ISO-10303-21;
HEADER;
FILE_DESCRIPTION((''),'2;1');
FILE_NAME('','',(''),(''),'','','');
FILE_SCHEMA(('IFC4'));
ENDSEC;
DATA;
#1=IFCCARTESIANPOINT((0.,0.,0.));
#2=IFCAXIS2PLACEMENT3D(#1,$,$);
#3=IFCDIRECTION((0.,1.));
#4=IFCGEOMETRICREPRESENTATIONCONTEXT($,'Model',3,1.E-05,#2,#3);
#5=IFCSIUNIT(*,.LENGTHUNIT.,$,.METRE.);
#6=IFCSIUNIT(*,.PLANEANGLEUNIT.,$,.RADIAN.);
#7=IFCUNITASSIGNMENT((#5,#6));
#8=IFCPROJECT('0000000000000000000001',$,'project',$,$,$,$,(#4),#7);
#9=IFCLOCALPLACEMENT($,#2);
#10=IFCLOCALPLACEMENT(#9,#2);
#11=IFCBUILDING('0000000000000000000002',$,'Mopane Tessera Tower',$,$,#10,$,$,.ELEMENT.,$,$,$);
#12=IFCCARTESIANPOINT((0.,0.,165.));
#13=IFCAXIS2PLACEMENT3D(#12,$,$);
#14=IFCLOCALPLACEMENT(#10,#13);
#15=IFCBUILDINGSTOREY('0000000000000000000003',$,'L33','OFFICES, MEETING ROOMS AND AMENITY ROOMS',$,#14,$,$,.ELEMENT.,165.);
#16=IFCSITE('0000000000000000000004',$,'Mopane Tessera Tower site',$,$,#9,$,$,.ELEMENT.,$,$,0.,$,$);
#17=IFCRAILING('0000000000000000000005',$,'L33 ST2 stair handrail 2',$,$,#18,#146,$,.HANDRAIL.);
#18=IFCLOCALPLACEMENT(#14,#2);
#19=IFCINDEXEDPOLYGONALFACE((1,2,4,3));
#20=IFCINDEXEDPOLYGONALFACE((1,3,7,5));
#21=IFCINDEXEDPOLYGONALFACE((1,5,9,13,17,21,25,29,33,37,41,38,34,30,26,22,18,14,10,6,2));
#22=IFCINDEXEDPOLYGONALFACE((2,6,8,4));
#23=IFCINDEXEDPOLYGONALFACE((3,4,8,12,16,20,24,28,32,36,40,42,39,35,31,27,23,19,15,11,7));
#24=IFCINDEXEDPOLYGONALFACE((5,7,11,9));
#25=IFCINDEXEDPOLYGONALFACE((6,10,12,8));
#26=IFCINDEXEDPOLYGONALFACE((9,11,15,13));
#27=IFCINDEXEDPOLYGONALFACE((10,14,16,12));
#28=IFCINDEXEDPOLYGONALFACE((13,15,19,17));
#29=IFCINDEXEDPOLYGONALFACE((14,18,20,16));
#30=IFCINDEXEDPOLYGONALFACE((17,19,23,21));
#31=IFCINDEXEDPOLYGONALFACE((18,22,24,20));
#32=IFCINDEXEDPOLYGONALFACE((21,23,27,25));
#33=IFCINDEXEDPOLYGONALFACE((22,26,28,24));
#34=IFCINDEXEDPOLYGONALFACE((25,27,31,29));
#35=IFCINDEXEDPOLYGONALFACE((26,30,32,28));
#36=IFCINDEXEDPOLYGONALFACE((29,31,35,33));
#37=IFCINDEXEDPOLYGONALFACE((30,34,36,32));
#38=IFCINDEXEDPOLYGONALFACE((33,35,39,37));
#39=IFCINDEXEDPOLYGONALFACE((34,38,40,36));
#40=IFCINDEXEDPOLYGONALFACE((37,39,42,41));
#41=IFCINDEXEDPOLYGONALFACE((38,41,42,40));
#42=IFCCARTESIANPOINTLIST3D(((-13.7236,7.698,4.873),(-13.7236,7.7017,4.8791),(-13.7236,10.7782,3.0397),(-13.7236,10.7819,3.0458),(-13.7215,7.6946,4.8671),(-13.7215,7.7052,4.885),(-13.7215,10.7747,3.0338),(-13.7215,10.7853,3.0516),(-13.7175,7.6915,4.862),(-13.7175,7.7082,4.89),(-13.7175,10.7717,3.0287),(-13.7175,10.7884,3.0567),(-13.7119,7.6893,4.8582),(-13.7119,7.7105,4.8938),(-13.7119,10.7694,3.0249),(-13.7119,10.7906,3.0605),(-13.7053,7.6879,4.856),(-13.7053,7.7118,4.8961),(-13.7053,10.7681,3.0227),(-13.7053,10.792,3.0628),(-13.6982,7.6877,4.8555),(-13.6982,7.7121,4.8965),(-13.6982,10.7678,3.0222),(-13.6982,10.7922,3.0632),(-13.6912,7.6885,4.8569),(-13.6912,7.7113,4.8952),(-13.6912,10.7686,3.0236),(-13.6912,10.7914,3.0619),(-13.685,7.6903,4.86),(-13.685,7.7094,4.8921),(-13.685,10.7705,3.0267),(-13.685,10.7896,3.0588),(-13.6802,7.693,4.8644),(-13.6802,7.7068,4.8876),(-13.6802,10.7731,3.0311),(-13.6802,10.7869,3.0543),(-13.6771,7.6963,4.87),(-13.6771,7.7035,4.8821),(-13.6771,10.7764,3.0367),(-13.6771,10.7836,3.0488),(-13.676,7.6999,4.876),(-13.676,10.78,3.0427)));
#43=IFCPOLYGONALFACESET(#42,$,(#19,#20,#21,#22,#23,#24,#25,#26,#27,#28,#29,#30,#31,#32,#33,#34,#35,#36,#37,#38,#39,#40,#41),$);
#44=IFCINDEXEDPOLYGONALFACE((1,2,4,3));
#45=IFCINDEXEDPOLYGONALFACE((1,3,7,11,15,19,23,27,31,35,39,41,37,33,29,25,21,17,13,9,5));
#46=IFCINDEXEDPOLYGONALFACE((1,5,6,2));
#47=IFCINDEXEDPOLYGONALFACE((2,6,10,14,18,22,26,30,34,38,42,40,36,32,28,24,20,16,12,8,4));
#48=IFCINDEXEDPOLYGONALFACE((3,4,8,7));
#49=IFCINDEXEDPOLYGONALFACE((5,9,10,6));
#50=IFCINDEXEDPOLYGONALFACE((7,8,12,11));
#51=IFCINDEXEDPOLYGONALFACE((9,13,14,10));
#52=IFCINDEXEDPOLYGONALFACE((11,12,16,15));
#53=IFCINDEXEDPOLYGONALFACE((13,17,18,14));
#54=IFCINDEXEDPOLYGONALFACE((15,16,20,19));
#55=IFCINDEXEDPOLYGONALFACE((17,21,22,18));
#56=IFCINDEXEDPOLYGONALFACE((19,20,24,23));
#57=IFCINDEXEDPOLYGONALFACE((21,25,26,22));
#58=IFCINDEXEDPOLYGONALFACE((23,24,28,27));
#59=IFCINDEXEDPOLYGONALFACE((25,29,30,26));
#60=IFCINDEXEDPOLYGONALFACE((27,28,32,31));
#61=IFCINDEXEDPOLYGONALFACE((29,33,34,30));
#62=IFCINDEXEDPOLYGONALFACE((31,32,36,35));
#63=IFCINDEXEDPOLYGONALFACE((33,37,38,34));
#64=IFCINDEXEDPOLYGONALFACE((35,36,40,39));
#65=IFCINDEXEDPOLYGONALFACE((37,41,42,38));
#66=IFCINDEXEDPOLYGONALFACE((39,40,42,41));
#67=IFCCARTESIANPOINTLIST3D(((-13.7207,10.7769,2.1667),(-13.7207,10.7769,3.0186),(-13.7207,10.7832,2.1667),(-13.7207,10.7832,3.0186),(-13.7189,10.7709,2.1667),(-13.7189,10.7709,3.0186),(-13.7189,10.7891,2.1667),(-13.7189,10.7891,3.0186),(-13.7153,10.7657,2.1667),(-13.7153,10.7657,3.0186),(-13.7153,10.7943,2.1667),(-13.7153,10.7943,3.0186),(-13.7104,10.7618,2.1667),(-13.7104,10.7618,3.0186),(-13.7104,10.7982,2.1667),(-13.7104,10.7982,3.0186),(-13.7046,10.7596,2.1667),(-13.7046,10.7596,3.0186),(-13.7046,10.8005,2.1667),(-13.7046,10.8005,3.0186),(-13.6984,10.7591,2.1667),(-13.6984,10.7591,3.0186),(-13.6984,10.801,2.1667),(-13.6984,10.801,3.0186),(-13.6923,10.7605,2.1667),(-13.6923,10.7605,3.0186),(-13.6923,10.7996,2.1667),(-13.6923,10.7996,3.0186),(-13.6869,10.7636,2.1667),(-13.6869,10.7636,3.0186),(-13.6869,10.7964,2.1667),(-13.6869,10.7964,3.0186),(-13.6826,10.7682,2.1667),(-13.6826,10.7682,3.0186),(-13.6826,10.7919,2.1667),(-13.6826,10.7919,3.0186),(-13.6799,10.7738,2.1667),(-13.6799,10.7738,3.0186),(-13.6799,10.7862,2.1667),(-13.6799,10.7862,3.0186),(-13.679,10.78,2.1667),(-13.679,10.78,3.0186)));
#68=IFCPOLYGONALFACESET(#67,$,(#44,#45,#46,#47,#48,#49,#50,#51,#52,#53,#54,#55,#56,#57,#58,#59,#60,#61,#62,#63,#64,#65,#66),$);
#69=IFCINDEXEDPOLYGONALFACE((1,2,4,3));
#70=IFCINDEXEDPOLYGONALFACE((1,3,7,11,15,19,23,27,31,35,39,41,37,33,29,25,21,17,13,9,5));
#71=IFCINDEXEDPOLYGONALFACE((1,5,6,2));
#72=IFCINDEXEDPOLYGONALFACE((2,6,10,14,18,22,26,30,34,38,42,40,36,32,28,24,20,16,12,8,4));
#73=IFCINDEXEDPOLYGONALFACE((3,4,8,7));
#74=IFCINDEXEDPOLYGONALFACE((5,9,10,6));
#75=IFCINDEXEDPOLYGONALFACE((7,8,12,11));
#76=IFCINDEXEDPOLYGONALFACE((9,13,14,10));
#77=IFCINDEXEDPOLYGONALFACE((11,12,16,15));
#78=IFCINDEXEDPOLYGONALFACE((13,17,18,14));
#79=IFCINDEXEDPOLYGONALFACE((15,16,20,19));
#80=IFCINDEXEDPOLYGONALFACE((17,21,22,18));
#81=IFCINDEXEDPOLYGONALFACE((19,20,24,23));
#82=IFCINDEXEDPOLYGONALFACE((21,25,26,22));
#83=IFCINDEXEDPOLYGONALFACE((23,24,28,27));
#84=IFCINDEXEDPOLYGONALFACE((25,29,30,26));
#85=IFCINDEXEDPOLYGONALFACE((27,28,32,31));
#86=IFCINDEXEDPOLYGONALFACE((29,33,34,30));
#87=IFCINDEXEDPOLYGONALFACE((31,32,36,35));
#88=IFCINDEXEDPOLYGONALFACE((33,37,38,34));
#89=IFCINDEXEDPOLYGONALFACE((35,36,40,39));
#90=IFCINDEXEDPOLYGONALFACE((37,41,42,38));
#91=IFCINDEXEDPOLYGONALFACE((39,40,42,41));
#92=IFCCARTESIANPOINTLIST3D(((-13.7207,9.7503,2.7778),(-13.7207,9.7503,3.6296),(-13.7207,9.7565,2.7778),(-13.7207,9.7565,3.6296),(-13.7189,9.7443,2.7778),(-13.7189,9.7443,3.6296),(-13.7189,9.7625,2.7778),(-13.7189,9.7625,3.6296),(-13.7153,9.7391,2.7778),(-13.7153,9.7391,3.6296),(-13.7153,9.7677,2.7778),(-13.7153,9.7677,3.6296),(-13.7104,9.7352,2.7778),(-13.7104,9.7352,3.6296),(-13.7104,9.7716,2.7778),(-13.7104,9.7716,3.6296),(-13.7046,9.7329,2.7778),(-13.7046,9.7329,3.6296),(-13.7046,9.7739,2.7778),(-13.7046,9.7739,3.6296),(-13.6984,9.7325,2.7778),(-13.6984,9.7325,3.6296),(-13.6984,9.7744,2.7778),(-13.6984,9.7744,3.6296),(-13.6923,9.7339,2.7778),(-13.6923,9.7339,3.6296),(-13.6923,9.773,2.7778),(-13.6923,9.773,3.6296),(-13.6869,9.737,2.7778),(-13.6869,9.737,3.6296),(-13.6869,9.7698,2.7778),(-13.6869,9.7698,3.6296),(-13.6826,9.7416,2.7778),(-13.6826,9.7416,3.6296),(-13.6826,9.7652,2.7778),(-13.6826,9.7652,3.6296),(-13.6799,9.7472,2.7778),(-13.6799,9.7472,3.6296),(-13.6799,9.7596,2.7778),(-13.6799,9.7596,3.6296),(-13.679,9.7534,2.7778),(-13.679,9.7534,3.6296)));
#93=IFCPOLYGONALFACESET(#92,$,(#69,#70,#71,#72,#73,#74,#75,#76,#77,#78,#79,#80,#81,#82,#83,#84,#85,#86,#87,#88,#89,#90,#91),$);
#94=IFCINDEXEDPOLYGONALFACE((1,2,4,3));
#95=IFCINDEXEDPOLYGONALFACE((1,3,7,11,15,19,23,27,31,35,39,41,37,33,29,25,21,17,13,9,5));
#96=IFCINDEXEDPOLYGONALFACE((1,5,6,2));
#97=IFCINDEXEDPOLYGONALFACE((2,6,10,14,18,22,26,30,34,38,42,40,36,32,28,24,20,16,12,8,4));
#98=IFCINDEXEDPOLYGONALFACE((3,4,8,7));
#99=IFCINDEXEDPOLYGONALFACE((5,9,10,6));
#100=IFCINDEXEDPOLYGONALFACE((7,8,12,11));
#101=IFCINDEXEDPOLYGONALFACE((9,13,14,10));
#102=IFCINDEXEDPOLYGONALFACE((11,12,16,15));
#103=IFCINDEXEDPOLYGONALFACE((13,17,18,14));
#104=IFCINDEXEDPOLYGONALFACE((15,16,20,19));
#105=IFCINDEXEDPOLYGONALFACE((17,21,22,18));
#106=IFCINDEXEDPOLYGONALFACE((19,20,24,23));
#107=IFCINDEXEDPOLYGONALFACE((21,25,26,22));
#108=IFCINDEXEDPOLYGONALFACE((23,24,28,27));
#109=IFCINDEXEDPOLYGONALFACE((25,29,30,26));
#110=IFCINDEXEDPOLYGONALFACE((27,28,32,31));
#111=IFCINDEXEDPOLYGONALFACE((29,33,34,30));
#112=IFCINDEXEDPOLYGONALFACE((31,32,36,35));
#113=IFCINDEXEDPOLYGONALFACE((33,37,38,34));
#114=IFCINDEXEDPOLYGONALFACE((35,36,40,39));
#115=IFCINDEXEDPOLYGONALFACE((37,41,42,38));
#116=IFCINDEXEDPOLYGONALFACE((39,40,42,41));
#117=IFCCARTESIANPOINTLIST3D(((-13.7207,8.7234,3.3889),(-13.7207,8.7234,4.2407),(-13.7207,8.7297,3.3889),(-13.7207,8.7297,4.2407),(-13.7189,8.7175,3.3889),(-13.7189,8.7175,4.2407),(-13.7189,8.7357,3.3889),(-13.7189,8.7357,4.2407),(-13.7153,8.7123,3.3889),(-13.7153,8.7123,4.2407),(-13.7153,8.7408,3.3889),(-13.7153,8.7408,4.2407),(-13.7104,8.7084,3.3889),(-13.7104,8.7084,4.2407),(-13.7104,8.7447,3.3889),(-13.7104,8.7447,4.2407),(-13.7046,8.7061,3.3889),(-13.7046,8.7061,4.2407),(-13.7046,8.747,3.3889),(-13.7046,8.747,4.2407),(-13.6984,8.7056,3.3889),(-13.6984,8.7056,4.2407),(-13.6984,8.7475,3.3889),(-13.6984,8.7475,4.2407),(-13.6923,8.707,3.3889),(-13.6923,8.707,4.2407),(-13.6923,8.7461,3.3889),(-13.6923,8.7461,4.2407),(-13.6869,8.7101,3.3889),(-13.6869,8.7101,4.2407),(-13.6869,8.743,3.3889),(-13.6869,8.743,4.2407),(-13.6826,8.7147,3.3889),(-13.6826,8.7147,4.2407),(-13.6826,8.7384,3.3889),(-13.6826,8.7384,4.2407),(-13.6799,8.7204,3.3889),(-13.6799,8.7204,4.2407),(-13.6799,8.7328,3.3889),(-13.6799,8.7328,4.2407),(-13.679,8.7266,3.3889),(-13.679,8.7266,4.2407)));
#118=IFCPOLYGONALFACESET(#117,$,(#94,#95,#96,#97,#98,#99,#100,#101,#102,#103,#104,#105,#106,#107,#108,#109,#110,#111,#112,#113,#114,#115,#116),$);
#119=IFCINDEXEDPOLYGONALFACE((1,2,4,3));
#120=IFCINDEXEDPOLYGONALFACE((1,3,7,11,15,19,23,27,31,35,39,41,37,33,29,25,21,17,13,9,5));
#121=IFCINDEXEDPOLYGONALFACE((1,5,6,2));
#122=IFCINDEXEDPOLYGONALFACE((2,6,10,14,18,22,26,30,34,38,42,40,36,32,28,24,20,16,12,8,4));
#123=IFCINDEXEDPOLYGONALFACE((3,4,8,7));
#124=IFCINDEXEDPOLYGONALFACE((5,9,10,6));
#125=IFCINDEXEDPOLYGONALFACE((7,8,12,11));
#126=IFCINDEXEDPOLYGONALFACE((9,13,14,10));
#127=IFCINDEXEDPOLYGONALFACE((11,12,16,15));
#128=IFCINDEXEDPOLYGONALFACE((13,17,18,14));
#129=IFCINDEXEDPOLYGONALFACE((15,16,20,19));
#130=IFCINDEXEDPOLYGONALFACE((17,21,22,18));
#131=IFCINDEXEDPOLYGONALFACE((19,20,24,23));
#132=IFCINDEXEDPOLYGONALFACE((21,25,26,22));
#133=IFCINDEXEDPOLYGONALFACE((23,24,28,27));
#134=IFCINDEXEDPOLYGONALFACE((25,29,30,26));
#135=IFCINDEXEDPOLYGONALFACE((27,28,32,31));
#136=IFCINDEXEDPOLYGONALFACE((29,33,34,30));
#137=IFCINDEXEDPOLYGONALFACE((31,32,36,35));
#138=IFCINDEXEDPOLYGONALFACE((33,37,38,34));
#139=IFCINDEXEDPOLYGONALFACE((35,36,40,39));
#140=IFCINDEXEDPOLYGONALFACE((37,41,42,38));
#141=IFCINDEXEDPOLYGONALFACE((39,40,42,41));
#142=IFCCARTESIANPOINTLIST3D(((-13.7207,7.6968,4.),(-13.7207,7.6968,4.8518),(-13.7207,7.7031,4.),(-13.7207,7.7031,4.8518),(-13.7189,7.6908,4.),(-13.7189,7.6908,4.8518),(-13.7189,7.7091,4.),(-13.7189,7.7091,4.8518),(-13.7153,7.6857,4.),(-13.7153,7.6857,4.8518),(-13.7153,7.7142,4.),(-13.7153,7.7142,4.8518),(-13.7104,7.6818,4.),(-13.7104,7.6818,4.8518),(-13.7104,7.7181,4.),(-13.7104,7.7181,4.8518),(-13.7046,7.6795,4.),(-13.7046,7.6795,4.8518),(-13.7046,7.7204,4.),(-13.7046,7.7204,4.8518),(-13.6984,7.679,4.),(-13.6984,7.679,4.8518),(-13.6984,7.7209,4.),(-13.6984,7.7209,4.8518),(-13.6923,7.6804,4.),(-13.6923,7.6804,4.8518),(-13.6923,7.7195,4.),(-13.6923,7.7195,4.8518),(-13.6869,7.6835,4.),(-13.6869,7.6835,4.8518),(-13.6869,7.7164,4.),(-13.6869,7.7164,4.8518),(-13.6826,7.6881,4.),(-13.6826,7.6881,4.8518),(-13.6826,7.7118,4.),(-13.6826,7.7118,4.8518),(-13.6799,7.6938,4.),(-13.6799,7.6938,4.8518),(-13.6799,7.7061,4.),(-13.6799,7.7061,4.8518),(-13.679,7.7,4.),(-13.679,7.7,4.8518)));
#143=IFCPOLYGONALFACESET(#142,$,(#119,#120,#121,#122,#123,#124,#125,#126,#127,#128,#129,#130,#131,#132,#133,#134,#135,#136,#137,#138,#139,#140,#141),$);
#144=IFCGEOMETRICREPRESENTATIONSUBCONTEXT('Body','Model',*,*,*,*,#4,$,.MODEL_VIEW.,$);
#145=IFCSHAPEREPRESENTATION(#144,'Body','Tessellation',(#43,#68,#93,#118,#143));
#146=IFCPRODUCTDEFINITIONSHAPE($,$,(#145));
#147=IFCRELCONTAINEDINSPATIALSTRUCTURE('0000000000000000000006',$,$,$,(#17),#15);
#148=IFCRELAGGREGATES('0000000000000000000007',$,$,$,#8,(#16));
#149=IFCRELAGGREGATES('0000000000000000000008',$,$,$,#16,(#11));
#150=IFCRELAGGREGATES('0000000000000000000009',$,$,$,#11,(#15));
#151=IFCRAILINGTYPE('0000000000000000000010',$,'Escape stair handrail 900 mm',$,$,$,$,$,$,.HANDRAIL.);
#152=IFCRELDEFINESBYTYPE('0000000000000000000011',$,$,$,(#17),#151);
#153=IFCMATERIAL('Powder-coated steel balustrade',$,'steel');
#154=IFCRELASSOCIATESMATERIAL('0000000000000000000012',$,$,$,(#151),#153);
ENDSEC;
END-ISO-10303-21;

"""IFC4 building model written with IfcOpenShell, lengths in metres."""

from ifc_helpers import new_model, si_unit, direction, frame, origin, origin_2d, place, context, subcontext, project, spatial, circle, extrude, material, type_object, element, save


model = new_model("IFC4")

# Units and contexts
model_context = context("Model", 3, precision=1e-05, world=origin(), true_north=direction((0.0, 1.0)))
body_context = subcontext(model_context, "Body", "Model", "MODEL_VIEW")
ifc_project = project(units=[si_unit("LENGTHUNIT", "METRE"), si_unit("PLANEANGLEUNIT", "RADIAN")], contexts=[model_context])

# Site, building, storey
site_placement = place(None, origin())
site = spatial("IfcSite", under=ifc_project, at=site_placement, Name="Mopane Tessera Tower site", CompositionType="ELEMENT", RefElevation=0.0)
building_placement = place(site_placement, origin())
building = spatial("IfcBuilding", under=site, at=building_placement, Name="Mopane Tessera Tower", CompositionType="ELEMENT")
storey_placement = place(building_placement, frame((0.0, 0.0, 165.0)))
storey = spatial("IfcBuildingStorey", under=building, at=storey_placement, Name="L33", Description="OFFICES, MEETING ROOMS AND AMENITY ROOMS", CompositionType="ELEMENT", Elevation=165.0)

# Railing
ifc_material_1 = material(Name="Powder-coated steel balustrade", Category="steel")
railing_type_1 = type_object("IfcRailingType", Name="Escape stair handrail 900 mm", PredefinedType="HANDRAIL", material=ifc_material_1)
railing_1_placement = place(storey_placement, frame((-13.7, 10.78, 2.1667)))
element("IfcRailing", 1, at=railing_1_placement, inside=storey, type_object=railing_type_1, Name="L33 ST2 stair handrail 2", PredefinedType="HANDRAIL", context=body_context, shape_type="SweptSolid", body=[
    extrude(circle(Radius=0.0239, at=origin_2d()), frame((0.0, 0.0, 0.876), z_axis=(0.0, -0.859309, 0.511458), x_axis=(1.0, 0.0, 0.0)), (0.0, 0.0, 1.0), 3.5845),
    extrude(circle(Radius=0.021, at=origin_2d()), origin(), (0.0, 0.0, 1.0), 0.8518),
    extrude(circle(Radius=0.021, at=origin_2d()), frame((0.0, -1.0266, 0.6111)), (0.0, 0.0, 1.0), 0.8518),
    extrude(circle(Radius=0.021, at=origin_2d()), frame((0.0, -2.0535, 1.2222)), (0.0, 0.0, 1.0), 0.8518),
    extrude(circle(Radius=0.021, at=origin_2d()), frame((0.0, -3.0801, 1.8333)), (0.0, 0.0, 1.0), 0.8518),
])

save(model, "model.ifc")
